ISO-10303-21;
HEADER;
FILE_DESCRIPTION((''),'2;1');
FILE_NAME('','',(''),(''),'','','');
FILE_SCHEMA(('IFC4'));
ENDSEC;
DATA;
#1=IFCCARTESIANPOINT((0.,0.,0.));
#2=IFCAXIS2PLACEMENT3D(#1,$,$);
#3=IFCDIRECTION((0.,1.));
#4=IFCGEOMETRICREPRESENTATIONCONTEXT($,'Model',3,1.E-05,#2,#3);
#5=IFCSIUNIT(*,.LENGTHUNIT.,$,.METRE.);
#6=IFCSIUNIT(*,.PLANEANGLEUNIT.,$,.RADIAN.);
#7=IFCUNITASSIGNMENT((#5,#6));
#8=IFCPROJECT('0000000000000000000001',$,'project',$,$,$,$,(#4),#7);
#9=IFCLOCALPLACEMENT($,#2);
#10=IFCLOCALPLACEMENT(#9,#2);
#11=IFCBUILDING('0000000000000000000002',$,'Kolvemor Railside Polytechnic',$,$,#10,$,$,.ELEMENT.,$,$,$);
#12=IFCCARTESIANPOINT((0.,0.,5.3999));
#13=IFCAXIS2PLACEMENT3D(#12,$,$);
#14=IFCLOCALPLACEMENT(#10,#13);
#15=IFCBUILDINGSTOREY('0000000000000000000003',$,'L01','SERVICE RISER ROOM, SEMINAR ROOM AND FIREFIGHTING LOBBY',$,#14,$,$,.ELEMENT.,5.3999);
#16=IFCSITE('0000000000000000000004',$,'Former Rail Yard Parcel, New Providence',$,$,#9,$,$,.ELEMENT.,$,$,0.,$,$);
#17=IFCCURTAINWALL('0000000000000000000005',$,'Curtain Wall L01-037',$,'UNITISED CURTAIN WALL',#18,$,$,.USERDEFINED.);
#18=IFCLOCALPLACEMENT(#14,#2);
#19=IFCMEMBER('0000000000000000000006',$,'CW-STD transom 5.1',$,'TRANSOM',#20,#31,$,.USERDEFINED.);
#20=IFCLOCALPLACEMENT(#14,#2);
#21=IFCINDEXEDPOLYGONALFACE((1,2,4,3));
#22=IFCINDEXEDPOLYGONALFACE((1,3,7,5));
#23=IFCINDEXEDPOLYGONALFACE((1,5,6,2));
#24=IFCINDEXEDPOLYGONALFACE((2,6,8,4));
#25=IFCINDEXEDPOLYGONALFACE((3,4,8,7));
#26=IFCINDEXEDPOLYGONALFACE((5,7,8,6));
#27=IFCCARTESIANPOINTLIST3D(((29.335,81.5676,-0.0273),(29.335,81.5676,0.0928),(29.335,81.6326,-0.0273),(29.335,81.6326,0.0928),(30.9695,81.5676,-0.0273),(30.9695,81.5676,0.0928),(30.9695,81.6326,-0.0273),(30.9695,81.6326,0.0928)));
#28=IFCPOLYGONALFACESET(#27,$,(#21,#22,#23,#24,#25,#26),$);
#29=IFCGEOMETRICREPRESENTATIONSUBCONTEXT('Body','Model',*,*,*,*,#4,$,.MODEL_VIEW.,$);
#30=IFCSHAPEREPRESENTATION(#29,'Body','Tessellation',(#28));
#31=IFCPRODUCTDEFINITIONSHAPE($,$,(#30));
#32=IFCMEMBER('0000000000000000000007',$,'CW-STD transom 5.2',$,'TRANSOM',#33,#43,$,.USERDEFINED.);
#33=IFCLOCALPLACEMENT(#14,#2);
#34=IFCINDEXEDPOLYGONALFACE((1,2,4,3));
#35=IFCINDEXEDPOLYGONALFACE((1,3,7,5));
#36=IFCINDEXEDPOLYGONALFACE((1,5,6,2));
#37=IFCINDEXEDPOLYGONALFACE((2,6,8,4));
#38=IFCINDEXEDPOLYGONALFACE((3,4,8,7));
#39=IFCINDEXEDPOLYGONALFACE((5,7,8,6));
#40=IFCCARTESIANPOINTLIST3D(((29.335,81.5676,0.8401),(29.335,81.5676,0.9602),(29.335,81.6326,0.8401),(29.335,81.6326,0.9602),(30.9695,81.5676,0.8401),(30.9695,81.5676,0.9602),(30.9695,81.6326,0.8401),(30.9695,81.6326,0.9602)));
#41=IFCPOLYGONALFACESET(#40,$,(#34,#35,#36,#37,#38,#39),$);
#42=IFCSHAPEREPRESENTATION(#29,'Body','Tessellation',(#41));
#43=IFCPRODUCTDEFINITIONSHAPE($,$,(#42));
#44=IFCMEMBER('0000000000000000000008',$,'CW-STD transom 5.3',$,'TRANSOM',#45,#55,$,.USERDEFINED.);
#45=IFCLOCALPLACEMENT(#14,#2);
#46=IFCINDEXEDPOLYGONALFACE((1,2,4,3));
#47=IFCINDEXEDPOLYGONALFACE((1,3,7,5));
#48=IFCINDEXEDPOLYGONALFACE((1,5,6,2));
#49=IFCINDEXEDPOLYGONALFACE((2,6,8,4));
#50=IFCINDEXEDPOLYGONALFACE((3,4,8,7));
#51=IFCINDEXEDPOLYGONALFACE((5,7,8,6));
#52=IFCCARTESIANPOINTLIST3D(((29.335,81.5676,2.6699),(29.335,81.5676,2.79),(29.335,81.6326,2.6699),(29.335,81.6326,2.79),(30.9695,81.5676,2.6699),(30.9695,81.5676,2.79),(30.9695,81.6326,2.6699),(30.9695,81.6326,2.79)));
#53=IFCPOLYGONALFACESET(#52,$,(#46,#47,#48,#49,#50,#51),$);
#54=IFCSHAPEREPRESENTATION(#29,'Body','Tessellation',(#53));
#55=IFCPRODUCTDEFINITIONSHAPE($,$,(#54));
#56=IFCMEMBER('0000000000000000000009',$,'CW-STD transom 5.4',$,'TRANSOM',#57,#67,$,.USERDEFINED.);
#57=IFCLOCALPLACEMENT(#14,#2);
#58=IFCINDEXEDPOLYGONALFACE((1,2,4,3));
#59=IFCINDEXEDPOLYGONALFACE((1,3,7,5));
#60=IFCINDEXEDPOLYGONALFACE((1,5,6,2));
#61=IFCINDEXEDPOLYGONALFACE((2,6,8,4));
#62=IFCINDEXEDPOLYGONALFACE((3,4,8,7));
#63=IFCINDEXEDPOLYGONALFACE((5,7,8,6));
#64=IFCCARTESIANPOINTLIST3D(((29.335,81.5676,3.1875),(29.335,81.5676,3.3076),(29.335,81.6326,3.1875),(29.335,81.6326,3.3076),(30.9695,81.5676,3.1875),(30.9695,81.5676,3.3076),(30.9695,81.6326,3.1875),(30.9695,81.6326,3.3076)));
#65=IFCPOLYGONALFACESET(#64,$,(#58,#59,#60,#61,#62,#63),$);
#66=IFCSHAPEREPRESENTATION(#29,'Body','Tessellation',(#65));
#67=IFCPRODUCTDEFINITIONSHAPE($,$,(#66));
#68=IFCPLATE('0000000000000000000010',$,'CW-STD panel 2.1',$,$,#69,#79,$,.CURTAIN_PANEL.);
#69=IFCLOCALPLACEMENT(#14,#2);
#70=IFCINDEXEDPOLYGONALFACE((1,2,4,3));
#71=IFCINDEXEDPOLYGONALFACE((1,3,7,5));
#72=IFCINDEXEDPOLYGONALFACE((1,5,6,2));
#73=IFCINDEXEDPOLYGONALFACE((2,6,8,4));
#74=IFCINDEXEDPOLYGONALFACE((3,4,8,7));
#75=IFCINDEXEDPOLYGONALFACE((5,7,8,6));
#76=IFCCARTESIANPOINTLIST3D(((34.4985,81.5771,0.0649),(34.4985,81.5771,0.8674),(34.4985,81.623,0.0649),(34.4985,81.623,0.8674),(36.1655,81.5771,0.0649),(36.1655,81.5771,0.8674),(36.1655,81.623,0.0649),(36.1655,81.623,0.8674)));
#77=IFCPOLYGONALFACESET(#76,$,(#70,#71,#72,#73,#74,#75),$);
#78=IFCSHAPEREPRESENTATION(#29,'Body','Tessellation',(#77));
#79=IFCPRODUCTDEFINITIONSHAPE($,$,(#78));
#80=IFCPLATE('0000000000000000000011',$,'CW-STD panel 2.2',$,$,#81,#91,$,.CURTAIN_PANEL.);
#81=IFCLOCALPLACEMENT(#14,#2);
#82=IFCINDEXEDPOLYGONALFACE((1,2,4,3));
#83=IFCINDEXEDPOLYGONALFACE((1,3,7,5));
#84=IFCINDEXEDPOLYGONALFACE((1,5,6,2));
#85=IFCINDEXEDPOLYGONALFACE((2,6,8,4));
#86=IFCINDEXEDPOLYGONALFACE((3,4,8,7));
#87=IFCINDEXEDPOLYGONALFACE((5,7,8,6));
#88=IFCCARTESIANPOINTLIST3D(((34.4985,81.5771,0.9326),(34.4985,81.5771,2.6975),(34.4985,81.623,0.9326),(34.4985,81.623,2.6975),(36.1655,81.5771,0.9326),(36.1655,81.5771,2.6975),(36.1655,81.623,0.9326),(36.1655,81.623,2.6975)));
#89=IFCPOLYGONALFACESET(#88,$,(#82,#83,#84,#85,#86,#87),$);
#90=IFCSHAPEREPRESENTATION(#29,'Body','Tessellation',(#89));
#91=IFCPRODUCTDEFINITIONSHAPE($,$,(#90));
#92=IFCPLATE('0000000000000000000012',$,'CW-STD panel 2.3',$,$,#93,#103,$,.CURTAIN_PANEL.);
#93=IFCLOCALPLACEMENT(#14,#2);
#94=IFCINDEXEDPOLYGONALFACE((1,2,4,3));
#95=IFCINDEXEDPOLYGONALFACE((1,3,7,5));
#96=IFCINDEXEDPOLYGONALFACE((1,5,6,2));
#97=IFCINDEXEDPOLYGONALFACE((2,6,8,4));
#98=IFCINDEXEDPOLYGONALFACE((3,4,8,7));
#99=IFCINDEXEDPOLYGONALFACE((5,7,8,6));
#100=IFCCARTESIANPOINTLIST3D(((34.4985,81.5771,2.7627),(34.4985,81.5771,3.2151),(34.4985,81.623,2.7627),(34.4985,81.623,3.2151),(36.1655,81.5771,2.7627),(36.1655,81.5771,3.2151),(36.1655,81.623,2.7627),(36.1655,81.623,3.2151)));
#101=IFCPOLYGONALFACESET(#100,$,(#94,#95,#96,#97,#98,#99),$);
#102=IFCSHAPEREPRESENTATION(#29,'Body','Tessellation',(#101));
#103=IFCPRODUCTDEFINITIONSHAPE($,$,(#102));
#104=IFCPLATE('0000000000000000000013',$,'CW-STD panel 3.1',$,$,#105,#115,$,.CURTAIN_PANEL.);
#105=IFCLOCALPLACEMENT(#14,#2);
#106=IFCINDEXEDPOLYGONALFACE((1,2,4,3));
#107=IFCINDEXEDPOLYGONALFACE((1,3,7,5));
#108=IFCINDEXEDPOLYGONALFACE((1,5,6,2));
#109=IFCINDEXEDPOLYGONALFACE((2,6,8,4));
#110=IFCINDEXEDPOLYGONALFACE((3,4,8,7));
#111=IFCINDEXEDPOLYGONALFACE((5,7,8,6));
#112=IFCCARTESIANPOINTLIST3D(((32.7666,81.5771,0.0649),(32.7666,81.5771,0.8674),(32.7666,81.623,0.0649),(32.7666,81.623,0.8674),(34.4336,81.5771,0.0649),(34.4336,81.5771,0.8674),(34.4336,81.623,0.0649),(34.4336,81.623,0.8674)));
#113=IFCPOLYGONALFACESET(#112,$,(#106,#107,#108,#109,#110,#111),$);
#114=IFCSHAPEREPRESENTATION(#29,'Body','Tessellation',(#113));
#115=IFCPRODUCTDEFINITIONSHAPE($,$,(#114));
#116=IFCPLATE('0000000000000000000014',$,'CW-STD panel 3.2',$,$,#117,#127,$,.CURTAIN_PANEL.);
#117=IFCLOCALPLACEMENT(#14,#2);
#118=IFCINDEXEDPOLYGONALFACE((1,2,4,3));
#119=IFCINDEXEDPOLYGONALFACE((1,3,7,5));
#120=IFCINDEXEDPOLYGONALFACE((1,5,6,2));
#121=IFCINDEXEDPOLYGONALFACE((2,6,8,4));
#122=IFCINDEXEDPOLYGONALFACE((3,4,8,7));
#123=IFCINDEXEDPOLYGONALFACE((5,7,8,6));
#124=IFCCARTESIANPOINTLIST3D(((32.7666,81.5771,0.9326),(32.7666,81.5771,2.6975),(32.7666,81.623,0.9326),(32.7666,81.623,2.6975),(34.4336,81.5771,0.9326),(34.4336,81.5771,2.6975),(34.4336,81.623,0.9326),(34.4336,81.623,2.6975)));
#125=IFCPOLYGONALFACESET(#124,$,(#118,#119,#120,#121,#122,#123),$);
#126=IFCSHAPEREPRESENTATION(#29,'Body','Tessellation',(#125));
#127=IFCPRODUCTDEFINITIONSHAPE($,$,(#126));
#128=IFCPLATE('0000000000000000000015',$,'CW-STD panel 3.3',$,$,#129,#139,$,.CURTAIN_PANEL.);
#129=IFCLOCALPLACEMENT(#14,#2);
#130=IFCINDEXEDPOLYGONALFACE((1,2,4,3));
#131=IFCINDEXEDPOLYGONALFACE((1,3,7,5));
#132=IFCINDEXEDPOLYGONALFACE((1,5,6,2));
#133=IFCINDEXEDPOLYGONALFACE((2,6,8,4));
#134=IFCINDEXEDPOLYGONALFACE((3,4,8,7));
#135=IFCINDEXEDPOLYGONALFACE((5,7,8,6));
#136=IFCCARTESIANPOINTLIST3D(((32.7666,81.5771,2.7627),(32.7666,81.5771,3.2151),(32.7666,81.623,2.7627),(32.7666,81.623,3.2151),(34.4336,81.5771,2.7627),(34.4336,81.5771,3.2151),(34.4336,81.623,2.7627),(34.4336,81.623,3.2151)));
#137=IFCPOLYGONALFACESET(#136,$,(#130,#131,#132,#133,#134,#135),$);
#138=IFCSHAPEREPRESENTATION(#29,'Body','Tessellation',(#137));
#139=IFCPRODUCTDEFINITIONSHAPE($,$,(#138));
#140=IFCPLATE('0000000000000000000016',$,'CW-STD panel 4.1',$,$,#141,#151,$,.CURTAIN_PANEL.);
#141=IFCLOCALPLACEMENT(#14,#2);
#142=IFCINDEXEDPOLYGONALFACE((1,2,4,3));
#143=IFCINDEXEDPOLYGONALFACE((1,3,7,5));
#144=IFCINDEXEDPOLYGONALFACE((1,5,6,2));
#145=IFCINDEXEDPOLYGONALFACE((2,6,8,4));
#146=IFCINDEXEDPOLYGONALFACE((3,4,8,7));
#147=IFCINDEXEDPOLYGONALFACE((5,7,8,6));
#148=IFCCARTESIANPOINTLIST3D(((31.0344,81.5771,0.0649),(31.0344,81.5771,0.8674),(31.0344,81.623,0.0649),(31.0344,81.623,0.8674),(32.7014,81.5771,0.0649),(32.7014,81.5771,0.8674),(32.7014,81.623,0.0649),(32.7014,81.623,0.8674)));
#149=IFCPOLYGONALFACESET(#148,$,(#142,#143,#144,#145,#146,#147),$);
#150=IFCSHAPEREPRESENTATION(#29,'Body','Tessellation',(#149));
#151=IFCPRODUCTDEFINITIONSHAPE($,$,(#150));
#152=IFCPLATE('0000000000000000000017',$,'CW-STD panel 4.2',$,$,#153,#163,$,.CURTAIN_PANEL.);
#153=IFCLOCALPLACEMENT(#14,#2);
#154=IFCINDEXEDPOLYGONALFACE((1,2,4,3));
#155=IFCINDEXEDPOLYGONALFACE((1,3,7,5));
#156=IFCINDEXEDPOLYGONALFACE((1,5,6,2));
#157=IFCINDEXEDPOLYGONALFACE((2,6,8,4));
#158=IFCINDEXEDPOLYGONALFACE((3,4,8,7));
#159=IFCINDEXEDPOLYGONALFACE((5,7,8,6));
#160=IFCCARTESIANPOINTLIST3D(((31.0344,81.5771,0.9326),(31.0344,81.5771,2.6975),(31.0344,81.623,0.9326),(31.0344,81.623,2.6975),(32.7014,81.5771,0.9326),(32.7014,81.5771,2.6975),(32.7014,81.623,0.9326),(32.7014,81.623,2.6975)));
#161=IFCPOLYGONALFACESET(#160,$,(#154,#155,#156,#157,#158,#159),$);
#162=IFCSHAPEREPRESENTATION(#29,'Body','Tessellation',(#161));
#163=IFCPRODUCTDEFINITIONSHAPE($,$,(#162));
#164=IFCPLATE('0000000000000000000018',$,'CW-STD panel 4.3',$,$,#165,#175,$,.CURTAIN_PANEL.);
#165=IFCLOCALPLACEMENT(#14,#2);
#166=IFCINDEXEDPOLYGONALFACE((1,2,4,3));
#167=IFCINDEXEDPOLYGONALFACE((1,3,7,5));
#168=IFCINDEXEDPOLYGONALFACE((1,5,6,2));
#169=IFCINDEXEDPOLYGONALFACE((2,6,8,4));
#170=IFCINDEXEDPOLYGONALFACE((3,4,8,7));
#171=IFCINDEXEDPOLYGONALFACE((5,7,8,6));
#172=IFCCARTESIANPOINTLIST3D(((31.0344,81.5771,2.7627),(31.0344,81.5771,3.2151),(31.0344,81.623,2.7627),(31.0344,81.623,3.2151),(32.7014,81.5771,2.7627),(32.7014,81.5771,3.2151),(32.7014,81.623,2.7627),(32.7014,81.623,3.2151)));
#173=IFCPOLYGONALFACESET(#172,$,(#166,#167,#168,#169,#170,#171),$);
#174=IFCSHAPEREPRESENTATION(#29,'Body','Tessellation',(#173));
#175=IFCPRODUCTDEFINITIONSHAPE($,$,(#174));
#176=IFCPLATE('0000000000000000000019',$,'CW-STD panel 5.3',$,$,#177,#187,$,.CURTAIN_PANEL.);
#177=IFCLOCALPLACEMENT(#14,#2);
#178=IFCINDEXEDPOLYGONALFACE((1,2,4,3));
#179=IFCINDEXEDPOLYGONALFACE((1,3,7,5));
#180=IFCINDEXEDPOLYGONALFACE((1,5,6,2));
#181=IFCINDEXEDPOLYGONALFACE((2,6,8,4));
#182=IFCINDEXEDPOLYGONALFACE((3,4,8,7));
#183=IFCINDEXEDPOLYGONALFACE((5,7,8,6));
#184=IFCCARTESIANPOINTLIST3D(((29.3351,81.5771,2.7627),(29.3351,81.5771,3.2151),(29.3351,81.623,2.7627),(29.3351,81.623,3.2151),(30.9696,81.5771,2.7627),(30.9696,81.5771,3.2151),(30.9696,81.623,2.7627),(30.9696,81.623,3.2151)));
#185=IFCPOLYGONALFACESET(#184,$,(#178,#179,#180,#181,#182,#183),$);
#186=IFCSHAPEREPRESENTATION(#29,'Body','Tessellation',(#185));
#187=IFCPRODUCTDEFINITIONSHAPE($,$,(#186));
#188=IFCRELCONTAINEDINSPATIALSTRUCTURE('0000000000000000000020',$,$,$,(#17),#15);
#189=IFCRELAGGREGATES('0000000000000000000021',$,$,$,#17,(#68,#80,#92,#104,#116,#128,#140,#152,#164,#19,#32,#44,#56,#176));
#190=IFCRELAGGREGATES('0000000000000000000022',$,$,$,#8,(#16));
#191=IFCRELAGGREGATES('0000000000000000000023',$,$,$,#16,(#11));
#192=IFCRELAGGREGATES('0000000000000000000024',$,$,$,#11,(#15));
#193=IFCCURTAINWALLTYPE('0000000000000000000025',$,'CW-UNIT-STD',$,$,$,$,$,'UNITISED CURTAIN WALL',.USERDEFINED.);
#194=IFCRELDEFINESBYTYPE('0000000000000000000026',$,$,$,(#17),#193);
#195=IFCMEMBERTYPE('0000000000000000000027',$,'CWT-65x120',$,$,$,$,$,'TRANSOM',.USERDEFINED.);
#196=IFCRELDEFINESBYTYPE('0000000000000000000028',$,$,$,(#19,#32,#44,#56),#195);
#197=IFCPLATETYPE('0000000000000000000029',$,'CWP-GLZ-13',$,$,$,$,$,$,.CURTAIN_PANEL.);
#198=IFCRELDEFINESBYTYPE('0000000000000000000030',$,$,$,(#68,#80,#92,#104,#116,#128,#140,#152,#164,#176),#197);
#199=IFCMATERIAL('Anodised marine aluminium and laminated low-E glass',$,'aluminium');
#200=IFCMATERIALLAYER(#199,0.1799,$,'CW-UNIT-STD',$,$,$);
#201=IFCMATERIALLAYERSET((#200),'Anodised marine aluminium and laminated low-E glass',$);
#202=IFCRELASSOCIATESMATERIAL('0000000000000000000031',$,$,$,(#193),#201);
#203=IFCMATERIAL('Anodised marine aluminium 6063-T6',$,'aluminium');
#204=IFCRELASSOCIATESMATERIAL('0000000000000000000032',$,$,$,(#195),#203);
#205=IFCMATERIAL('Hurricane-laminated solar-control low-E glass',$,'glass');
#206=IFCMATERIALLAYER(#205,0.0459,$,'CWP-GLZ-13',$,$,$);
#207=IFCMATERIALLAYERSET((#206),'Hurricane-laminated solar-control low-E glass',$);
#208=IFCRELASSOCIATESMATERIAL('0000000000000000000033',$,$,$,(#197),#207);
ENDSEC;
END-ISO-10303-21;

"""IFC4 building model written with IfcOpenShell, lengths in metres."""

from ifc_helpers import new_model, si_unit, direction, frame, origin, origin_2d, place, context, subcontext, project, spatial, rectangle, extrude, material, layer, layer_set, material_profile, profile_set, type_object, element, aggregate, save


model = new_model("IFC4")

# Units and contexts
model_context = context("Model", 3, precision=1e-05, world=origin(), true_north=direction((0.0, 1.0)))
body_context = subcontext(model_context, "Body", "Model", "MODEL_VIEW")
ifc_project = project(units=[si_unit("LENGTHUNIT", "METRE"), si_unit("PLANEANGLEUNIT", "RADIAN")], contexts=[model_context])

# Site, building, storey
site_placement = place(None, origin())
site = spatial("IfcSite", under=ifc_project, at=site_placement, Name="Former Rail Yard Parcel, New Providence", CompositionType="ELEMENT", RefElevation=0.0)
building_placement = place(site_placement, origin())
building = spatial("IfcBuilding", under=site, at=building_placement, Name="Kolvemor Railside Polytechnic", CompositionType="ELEMENT")
storey_placement = place(building_placement, frame((0.0, 0.0, 5.3999)))
storey = spatial("IfcBuildingStorey", under=building, at=storey_placement, Name="L01", Description="SERVICE RISER ROOM, SEMINAR ROOM AND FIREFIGHTING LOBBY", CompositionType="ELEMENT", Elevation=5.3999)

# Curtain wall, members, plates
ifc_material_1 = material(Name="Anodised marine aluminium and laminated low-E glass", Category="aluminium")
ifc_layer_1 = layer(ifc_material_1, 0.1799, Name="CW-UNIT-STD")
ifc_layer_set_1 = layer_set([ifc_layer_1], Name="Anodised marine aluminium and laminated low-E glass")
curtain_wall_type = type_object("IfcCurtainWallType", Name="CW-UNIT-STD", ElementType="UNITISED CURTAIN WALL", PredefinedType="USERDEFINED", material=ifc_layer_set_1)
curtain_wall_placement = place(storey_placement, origin())
curtain_wall = element("IfcCurtainWall", 1, at=curtain_wall_placement, inside=storey, type_object=curtain_wall_type, Name="Curtain Wall L01-037", ObjectType="UNITISED CURTAIN WALL", PredefinedType="USERDEFINED")
ifc_material_2 = material(Name="Anodised marine aluminium 6063-T6", Category="aluminium")
ifc_material_profile_1 = material_profile(ifc_material_2, rectangle(XDim=0.0649, YDim=0.1201, at=origin_2d()), Name="CW-TRN-65x120")
ifc_profile_set_1 = profile_set([ifc_material_profile_1], Name="Anodised marine aluminium 6063-T6")
member_type_1 = type_object("IfcMemberType", Name="CWT-65x120", ElementType="TRANSOM", PredefinedType="USERDEFINED", material=ifc_profile_set_1)
member_1_placement = place(storey_placement, frame((30.9695, 81.6001, 0.0327), z_axis=(-1.0, 0.0, 0.0), x_axis=(0.0, -1.0, 0.0)))
member_1 = element("IfcMember", 2, at=member_1_placement, type_object=member_type_1, Name="CW-STD transom 5.1", ObjectType="TRANSOM", PredefinedType="USERDEFINED", context=body_context, shape_type="SweptSolid", body=[
    extrude(rectangle(XDim=0.0649, YDim=0.1201, at=origin_2d()), origin(), (0.0, 0.0, 1.0), 1.6345),
])
member_2_placement = place(storey_placement, frame((30.9695, 81.6001, 0.9001), z_axis=(-1.0, 0.0, 0.0), x_axis=(0.0, -1.0, 0.0)))
member_2 = element("IfcMember", 3, at=member_2_placement, type_object=member_type_1, Name="CW-STD transom 5.2", ObjectType="TRANSOM", PredefinedType="USERDEFINED", context=body_context, shape_type="SweptSolid", body=[
    extrude(rectangle(XDim=0.0649, YDim=0.1201, at=origin_2d()), origin(), (0.0, 0.0, 1.0), 1.6345),
])
member_3_placement = place(storey_placement, frame((30.9695, 81.6001, 2.73), z_axis=(-1.0, 0.0, 0.0), x_axis=(0.0, -1.0, 0.0)))
member_3 = element("IfcMember", 4, at=member_3_placement, type_object=member_type_1, Name="CW-STD transom 5.3", ObjectType="TRANSOM", PredefinedType="USERDEFINED", context=body_context, shape_type="SweptSolid", body=[
    extrude(rectangle(XDim=0.0649, YDim=0.1201, at=origin_2d()), origin(), (0.0, 0.0, 1.0), 1.6345),
])
member_4_placement = place(storey_placement, frame((30.9695, 81.6001, 3.2476), z_axis=(-1.0, 0.0, 0.0), x_axis=(0.0, -1.0, 0.0)))
member_4 = element("IfcMember", 5, at=member_4_placement, type_object=member_type_1, Name="CW-STD transom 5.4", ObjectType="TRANSOM", PredefinedType="USERDEFINED", context=body_context, shape_type="SweptSolid", body=[
    extrude(rectangle(XDim=0.0649, YDim=0.1201, at=origin_2d()), origin(), (0.0, 0.0, 1.0), 1.6345),
])
ifc_material_3 = material(Name="Hurricane-laminated solar-control low-E glass", Category="glass")
ifc_layer_2 = layer(ifc_material_3, 0.0459, Name="CWP-GLZ-13")
ifc_layer_set_2 = layer_set([ifc_layer_2], Name="Hurricane-laminated solar-control low-E glass")
plate_type = type_object("IfcPlateType", Name="CWP-GLZ-13", PredefinedType="CURTAIN_PANEL", material=ifc_layer_set_2)
plate_1_placement = place(storey_placement, frame((35.332, 81.6001, 0.0649), z_axis=(0.0, 0.0, 1.0), x_axis=(-1.0, 0.0, 0.0)))
plate_1 = element("IfcPlate", 6, at=plate_1_placement, type_object=plate_type, Name="CW-STD panel 2.1", PredefinedType="CURTAIN_PANEL", context=body_context, shape_type="SweptSolid", body=[
    extrude(rectangle(XDim=1.667, YDim=0.0459, at=origin_2d()), origin(), (0.0, 0.0, 1.0), 0.8025),
])
plate_2_placement = place(storey_placement, frame((35.332, 81.6001, 0.9326), z_axis=(0.0, 0.0, 1.0), x_axis=(-1.0, 0.0, 0.0)))
plate_2 = element("IfcPlate", 7, at=plate_2_placement, type_object=plate_type, Name="CW-STD panel 2.2", PredefinedType="CURTAIN_PANEL", context=body_context, shape_type="SweptSolid", body=[
    extrude(rectangle(XDim=1.667, YDim=0.0459, at=origin_2d()), origin(), (0.0, 0.0, 1.0), 1.7649),
])
plate_3_placement = place(storey_placement, frame((35.332, 81.6001, 2.7627), z_axis=(0.0, 0.0, 1.0), x_axis=(-1.0, 0.0, 0.0)))
plate_3 = element("IfcPlate", 8, at=plate_3_placement, type_object=plate_type, Name="CW-STD panel 2.3", PredefinedType="CURTAIN_PANEL", context=body_context, shape_type="SweptSolid", body=[
    extrude(rectangle(XDim=1.667, YDim=0.0459, at=origin_2d()), origin(), (0.0, 0.0, 1.0), 0.4524),
])
plate_4_placement = place(storey_placement, frame((33.6001, 81.6001, 0.0649), z_axis=(0.0, 0.0, 1.0), x_axis=(-1.0, 0.0, 0.0)))
plate_4 = element("IfcPlate", 9, at=plate_4_placement, type_object=plate_type, Name="CW-STD panel 3.1", PredefinedType="CURTAIN_PANEL", context=body_context, shape_type="SweptSolid", body=[
    extrude(rectangle(XDim=1.667, YDim=0.0459, at=origin_2d()), origin(), (0.0, 0.0, 1.0), 0.8025),
])
plate_5_placement = place(storey_placement, frame((33.6001, 81.6001, 0.9326), z_axis=(0.0, 0.0, 1.0), x_axis=(-1.0, 0.0, 0.0)))
plate_5 = element("IfcPlate", 10, at=plate_5_placement, type_object=plate_type, Name="CW-STD panel 3.2", PredefinedType="CURTAIN_PANEL", context=body_context, shape_type="SweptSolid", body=[
    extrude(rectangle(XDim=1.667, YDim=0.0459, at=origin_2d()), origin(), (0.0, 0.0, 1.0), 1.7649),
])
plate_6_placement = place(storey_placement, frame((33.6001, 81.6001, 2.7627), z_axis=(0.0, 0.0, 1.0), x_axis=(-1.0, 0.0, 0.0)))
plate_6 = element("IfcPlate", 11, at=plate_6_placement, type_object=plate_type, Name="CW-STD panel 3.3", PredefinedType="CURTAIN_PANEL", context=body_context, shape_type="SweptSolid", body=[
    extrude(rectangle(XDim=1.667, YDim=0.0459, at=origin_2d()), origin(), (0.0, 0.0, 1.0), 0.4524),
])
plate_7_placement = place(storey_placement, frame((31.8679, 81.6001, 0.0649), z_axis=(0.0, 0.0, 1.0), x_axis=(-1.0, 0.0, 0.0)))
plate_7 = element("IfcPlate", 12, at=plate_7_placement, type_object=plate_type, Name="CW-STD panel 4.1", PredefinedType="CURTAIN_PANEL", context=body_context, shape_type="SweptSolid", body=[
    extrude(rectangle(XDim=1.667, YDim=0.0459, at=origin_2d()), origin(), (0.0, 0.0, 1.0), 0.8025),
])
plate_8_placement = place(storey_placement, frame((31.8679, 81.6001, 0.9326), z_axis=(0.0, 0.0, 1.0), x_axis=(-1.0, 0.0, 0.0)))
plate_8 = element("IfcPlate", 13, at=plate_8_placement, type_object=plate_type, Name="CW-STD panel 4.2", PredefinedType="CURTAIN_PANEL", context=body_context, shape_type="SweptSolid", body=[
    extrude(rectangle(XDim=1.667, YDim=0.0459, at=origin_2d()), origin(), (0.0, 0.0, 1.0), 1.7649),
])
plate_9_placement = place(storey_placement, frame((31.8679, 81.6001, 2.7627), z_axis=(0.0, 0.0, 1.0), x_axis=(-1.0, 0.0, 0.0)))
plate_9 = element("IfcPlate", 14, at=plate_9_placement, type_object=plate_type, Name="CW-STD panel 4.3", PredefinedType="CURTAIN_PANEL", context=body_context, shape_type="SweptSolid", body=[
    extrude(rectangle(XDim=1.667, YDim=0.0459, at=origin_2d()), origin(), (0.0, 0.0, 1.0), 0.4524),
])
plate_10_placement = place(storey_placement, frame((30.1523, 81.6001, 2.7627), z_axis=(0.0, 0.0, 1.0), x_axis=(-1.0, 0.0, 0.0)))
plate_10 = element("IfcPlate", 15, at=plate_10_placement, type_object=plate_type, Name="CW-STD panel 5.3", PredefinedType="CURTAIN_PANEL", context=body_context, shape_type="SweptSolid", body=[
    extrude(rectangle(XDim=1.6345, YDim=0.0459, at=origin_2d()), origin(), (0.0, 0.0, 1.0), 0.4524),
])
aggregate(curtain_wall, [plate_1, plate_2, plate_3, plate_4, plate_5, plate_6, plate_7, plate_8, plate_9, member_1, member_2, member_3, member_4, plate_10])

save(model, "model.ifc")
